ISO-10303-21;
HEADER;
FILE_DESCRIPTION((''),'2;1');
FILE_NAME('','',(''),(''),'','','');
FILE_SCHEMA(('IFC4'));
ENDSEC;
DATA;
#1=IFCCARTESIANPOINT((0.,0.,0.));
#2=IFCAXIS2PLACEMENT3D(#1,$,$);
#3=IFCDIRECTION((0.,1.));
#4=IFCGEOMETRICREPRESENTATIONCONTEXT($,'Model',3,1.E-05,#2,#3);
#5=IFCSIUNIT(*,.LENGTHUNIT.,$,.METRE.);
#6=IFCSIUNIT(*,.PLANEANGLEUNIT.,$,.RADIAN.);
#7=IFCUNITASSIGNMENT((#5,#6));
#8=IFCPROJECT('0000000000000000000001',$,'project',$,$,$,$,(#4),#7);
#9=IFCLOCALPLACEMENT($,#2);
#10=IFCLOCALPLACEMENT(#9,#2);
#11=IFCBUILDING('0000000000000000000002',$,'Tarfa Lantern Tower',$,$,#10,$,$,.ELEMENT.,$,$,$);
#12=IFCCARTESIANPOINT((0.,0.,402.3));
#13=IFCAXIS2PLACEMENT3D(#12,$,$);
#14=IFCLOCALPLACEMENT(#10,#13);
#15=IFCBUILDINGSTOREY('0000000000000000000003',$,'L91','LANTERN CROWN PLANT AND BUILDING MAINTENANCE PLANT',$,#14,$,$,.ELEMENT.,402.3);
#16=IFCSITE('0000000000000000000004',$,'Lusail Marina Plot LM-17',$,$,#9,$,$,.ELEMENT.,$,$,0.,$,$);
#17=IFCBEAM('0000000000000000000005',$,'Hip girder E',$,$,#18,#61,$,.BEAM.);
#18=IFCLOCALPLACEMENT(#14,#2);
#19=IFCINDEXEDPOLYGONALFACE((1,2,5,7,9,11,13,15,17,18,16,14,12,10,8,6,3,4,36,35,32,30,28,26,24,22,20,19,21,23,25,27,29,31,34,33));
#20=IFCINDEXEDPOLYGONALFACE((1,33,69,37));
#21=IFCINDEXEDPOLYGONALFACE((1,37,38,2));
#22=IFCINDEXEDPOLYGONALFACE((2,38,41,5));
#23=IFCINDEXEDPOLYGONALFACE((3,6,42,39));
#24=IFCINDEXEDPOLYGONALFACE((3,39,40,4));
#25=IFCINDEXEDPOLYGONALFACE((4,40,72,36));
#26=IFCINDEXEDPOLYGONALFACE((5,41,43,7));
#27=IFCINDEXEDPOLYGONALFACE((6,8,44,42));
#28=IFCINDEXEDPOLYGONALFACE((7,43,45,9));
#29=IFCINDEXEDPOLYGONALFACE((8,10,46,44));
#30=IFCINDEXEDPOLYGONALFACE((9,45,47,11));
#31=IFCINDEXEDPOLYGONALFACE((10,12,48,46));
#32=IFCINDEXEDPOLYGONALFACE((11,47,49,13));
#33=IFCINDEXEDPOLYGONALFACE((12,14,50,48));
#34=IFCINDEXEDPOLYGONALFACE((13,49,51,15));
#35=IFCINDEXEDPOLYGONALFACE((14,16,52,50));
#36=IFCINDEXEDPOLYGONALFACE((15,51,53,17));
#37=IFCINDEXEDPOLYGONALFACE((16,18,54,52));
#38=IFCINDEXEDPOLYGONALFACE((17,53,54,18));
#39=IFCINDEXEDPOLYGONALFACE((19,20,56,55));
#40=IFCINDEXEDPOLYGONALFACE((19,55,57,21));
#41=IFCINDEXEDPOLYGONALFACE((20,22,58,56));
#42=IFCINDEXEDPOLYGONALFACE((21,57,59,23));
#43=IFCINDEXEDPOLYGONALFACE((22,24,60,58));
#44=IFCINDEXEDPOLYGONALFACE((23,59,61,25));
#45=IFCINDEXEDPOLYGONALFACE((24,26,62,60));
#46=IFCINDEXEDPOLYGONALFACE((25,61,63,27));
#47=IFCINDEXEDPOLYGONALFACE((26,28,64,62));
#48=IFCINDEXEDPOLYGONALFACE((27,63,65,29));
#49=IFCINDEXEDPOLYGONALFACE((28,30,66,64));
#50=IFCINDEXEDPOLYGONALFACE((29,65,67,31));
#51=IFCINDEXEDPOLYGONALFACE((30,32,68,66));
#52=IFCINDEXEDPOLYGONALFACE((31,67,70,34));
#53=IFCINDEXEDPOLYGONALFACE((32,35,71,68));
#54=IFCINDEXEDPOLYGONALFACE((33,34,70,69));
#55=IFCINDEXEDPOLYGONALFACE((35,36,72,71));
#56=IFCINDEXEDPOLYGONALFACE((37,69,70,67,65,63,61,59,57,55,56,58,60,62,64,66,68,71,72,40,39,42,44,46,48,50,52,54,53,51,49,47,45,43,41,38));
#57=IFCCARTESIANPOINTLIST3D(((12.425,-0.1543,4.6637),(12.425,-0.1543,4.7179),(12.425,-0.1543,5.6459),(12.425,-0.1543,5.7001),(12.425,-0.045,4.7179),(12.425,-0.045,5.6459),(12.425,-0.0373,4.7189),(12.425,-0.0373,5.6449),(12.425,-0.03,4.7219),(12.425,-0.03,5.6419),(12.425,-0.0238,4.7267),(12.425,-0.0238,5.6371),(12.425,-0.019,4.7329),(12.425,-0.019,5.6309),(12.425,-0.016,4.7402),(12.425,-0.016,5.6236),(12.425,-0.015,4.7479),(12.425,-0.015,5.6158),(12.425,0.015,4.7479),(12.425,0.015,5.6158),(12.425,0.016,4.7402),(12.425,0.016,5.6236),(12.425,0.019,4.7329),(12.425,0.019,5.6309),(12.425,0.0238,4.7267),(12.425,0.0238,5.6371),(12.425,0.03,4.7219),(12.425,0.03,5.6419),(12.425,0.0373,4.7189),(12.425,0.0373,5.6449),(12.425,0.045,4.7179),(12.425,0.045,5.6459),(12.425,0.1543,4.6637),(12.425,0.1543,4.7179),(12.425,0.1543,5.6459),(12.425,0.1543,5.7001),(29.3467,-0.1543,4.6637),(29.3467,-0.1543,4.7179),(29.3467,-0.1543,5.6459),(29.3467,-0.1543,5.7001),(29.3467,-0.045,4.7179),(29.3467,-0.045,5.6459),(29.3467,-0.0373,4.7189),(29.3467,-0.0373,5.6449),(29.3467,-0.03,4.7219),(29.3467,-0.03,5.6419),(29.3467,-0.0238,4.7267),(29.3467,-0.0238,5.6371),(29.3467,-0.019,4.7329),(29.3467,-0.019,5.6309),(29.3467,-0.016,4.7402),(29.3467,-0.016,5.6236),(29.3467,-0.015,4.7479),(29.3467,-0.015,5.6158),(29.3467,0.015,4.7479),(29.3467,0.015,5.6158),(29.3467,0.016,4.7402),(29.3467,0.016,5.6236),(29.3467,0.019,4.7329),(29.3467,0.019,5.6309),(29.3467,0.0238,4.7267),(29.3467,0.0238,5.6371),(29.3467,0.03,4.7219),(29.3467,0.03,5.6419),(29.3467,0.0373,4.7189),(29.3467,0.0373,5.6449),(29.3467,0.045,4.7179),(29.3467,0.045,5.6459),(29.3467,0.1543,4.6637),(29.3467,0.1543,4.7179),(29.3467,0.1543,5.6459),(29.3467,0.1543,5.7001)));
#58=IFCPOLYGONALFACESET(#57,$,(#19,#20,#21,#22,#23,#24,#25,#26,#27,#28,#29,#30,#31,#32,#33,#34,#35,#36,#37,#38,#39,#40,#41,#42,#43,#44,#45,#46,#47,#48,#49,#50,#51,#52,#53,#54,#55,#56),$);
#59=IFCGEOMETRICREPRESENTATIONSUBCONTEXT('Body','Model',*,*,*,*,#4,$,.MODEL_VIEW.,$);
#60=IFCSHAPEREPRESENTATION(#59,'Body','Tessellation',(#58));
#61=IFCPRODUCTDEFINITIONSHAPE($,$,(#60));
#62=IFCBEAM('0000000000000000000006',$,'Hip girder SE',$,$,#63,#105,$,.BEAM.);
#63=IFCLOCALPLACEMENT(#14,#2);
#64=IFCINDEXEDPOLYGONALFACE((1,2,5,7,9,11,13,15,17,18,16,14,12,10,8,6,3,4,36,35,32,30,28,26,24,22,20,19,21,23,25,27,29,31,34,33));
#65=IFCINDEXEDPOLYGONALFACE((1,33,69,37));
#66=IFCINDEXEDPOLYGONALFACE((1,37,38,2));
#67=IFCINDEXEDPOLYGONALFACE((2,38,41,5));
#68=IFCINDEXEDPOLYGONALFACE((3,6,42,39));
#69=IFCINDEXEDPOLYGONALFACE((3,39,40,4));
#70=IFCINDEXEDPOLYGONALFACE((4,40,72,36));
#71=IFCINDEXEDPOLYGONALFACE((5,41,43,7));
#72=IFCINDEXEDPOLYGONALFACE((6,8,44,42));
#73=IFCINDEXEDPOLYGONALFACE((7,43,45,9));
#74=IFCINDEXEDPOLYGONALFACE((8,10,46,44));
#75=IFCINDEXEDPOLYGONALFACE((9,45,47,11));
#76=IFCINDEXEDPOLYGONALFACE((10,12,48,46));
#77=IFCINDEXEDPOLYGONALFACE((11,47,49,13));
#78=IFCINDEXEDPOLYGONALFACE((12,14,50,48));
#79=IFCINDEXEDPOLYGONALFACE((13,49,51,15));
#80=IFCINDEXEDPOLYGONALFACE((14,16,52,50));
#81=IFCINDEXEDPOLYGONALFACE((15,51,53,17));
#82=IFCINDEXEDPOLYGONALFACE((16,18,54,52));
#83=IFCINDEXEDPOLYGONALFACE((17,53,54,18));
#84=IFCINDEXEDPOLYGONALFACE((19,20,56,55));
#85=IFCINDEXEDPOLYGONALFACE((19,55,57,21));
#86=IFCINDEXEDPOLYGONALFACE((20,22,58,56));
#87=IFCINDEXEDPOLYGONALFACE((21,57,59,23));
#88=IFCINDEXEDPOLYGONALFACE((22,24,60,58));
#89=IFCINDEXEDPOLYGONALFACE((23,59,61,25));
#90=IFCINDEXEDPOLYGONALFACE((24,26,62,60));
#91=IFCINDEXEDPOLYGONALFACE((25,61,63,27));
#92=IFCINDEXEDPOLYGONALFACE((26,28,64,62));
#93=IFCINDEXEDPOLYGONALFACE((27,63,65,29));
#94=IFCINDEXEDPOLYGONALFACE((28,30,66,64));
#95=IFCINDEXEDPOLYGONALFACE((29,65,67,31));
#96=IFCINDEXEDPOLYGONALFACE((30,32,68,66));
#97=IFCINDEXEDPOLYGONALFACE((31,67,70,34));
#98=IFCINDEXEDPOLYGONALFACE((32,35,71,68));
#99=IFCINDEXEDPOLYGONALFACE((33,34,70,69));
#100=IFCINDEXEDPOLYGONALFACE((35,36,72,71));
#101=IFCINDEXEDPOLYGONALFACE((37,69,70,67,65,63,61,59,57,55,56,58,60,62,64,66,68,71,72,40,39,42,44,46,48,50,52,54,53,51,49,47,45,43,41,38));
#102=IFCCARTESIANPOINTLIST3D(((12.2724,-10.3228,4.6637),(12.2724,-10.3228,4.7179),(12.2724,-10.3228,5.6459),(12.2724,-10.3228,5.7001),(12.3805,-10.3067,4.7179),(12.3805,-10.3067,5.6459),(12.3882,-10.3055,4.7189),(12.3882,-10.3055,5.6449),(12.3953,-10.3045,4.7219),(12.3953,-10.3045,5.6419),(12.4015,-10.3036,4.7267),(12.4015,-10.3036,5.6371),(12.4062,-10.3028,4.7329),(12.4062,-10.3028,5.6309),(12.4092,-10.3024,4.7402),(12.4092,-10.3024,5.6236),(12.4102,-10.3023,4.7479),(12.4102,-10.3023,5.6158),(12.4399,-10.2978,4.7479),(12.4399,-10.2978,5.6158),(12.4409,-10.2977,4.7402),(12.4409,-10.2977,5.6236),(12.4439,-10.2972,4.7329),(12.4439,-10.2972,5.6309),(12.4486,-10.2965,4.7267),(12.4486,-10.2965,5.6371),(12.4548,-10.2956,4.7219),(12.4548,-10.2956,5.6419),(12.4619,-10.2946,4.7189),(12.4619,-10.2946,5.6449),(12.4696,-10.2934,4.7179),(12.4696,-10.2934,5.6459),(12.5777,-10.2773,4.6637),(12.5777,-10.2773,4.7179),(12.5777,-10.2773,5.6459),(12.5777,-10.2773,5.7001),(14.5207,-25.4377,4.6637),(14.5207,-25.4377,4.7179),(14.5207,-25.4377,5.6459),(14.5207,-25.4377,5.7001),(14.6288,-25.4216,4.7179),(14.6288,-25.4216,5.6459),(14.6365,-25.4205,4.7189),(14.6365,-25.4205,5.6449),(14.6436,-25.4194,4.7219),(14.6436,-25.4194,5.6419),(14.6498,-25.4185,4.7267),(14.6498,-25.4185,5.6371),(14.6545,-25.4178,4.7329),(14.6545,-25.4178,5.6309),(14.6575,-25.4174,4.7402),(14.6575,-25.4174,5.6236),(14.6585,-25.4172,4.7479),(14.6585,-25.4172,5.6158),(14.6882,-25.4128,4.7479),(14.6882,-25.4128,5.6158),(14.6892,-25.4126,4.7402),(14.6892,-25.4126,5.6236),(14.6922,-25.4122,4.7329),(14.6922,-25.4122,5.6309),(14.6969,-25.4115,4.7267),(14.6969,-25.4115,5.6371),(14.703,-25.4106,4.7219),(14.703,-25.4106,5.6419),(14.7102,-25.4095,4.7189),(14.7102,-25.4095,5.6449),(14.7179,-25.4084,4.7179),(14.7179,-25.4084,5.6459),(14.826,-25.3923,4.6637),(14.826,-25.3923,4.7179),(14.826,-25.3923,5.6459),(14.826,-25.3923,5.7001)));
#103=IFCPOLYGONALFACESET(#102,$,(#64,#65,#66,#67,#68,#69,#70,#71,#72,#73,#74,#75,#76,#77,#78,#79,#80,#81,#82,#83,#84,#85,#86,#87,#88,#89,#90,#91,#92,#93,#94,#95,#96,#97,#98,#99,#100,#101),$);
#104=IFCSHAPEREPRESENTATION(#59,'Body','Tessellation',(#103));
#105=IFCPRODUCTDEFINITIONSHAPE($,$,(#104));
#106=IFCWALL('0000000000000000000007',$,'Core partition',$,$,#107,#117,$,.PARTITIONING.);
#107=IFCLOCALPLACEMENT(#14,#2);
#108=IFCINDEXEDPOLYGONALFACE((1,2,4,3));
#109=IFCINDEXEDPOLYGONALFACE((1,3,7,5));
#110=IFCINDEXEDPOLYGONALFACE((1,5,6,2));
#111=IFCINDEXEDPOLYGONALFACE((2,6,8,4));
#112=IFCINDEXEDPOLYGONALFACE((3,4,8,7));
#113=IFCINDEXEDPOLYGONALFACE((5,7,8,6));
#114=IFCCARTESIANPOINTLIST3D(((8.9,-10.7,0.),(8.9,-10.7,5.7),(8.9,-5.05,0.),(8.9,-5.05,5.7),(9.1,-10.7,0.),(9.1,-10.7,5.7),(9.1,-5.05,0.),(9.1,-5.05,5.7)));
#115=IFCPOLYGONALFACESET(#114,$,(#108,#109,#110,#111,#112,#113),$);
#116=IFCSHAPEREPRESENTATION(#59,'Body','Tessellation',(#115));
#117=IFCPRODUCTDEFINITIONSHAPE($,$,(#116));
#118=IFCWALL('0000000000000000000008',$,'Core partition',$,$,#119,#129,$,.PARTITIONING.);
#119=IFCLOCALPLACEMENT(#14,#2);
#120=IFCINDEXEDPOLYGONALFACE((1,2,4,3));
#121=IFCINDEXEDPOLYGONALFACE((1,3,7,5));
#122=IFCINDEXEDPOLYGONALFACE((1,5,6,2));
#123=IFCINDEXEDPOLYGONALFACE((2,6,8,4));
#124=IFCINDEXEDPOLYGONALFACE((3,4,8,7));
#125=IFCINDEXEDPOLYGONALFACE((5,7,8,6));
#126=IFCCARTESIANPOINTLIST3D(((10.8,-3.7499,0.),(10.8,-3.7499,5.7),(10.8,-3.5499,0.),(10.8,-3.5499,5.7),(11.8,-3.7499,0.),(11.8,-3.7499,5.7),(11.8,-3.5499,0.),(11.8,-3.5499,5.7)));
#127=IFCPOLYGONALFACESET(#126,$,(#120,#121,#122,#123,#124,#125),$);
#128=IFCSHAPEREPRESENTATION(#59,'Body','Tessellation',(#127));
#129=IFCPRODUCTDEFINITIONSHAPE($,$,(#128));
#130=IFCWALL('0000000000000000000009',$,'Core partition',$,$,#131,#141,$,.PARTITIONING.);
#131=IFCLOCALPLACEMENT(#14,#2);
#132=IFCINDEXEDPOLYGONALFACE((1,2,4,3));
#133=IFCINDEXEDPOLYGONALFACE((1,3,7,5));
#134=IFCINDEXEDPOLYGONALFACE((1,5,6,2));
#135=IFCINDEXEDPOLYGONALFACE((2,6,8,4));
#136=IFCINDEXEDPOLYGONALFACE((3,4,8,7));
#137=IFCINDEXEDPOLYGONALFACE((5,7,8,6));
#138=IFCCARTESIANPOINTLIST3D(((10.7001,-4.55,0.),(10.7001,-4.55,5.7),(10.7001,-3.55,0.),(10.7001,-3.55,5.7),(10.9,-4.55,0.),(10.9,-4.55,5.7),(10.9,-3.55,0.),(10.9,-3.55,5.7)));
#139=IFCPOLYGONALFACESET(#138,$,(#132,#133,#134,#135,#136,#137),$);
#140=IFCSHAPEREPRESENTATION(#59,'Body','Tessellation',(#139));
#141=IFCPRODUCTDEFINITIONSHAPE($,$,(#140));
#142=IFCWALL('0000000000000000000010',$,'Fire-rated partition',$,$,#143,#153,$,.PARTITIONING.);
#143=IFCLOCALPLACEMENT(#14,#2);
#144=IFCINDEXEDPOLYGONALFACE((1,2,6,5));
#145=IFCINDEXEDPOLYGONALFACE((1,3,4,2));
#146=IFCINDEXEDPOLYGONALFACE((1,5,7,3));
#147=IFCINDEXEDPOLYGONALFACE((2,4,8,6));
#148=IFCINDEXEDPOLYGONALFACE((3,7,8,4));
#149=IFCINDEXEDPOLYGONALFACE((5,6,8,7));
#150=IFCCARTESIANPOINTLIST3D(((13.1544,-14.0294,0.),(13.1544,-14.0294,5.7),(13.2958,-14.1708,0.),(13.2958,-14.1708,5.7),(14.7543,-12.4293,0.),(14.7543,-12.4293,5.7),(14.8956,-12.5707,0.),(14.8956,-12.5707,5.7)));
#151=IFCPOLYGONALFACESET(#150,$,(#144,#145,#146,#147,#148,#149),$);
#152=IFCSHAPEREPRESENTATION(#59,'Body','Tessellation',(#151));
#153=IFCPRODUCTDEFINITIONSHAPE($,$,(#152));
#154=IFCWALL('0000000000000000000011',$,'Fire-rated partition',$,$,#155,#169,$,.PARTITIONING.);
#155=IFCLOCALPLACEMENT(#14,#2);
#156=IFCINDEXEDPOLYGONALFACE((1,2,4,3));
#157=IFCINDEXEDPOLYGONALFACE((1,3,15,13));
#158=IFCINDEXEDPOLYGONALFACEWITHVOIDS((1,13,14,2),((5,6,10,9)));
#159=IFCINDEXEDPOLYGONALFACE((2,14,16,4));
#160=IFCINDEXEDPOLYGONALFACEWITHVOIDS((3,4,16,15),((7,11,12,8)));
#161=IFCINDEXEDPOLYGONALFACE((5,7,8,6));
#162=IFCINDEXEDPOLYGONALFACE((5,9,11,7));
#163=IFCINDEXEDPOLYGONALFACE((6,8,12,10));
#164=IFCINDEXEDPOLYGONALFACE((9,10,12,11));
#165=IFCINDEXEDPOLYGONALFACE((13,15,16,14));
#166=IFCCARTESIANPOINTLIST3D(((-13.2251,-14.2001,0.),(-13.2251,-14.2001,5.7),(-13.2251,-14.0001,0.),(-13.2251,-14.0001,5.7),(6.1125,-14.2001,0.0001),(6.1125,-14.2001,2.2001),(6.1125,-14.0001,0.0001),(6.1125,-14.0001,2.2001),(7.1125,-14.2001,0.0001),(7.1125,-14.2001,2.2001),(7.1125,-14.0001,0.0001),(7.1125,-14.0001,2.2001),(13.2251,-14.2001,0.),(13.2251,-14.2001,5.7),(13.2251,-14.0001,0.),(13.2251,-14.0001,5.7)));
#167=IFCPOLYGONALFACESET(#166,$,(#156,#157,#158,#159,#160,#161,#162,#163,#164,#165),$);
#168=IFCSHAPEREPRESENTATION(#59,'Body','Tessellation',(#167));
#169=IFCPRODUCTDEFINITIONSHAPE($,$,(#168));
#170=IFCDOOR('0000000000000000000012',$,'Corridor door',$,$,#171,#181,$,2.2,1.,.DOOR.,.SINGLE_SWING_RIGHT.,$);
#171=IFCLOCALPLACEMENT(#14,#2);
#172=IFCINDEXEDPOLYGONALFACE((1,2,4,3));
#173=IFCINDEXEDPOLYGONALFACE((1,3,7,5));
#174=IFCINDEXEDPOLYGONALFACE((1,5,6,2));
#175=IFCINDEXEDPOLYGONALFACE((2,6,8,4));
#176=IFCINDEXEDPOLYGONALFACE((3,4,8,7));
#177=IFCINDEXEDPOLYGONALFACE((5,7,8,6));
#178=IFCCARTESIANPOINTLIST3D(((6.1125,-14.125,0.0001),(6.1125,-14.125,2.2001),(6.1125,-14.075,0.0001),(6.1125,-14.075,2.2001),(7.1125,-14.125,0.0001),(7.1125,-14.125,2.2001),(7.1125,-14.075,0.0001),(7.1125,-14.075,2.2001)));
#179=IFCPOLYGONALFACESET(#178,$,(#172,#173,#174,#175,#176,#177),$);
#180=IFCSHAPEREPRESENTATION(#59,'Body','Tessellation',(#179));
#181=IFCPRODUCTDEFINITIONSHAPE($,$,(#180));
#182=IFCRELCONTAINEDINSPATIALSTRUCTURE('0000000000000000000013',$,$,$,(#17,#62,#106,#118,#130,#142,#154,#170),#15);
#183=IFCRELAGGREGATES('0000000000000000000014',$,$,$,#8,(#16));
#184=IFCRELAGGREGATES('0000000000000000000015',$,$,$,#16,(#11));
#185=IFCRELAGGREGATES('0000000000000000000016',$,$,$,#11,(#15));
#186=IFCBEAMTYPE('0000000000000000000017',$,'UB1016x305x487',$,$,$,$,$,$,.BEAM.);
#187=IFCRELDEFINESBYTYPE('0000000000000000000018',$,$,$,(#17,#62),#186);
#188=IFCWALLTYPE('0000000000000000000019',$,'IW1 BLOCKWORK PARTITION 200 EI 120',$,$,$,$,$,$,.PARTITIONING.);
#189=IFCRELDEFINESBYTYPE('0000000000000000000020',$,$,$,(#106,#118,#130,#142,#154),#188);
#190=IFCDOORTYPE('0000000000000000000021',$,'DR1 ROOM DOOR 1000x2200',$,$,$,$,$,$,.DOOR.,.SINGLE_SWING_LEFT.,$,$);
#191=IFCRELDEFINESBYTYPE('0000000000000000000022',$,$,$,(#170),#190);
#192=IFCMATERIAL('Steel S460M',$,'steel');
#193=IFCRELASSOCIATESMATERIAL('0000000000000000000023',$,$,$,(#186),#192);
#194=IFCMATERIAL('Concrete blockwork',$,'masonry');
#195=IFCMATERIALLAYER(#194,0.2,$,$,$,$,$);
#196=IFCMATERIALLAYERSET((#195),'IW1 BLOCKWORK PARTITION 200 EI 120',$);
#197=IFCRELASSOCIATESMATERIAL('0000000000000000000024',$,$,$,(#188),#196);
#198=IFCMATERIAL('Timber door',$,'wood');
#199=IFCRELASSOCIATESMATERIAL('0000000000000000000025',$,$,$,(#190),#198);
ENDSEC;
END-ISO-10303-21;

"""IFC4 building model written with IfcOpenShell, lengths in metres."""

from ifc_helpers import new_model, si_unit, direction, frame, frame_2d, origin, origin_2d, place, context, subcontext, project, spatial, rectangle, i_section, extrude, material, layer, layer_set, material_profile, profile_set, type_object, element, fill, save


model = new_model("IFC4")

# Units and contexts
model_context = context("Model", 3, precision=1e-05, world=origin(), true_north=direction((0.0, 1.0)))
body_context = subcontext(model_context, "Body", "Model", "MODEL_VIEW")
ifc_project = project(units=[si_unit("LENGTHUNIT", "METRE"), si_unit("PLANEANGLEUNIT", "RADIAN")], contexts=[model_context])

# Site, building, storey
site_placement = place(None, origin())
site = spatial("IfcSite", under=ifc_project, at=site_placement, Name="Lusail Marina Plot LM-17", CompositionType="ELEMENT", RefElevation=0.0)
building_placement = place(site_placement, origin())
building = spatial("IfcBuilding", under=site, at=building_placement, Name="Tarfa Lantern Tower", CompositionType="ELEMENT")
storey_placement = place(building_placement, frame((0.0, 0.0, 402.3)))
storey = spatial("IfcBuildingStorey", under=building, at=storey_placement, Name="L91", Description="LANTERN CROWN PLANT AND BUILDING MAINTENANCE PLANT", CompositionType="ELEMENT", Elevation=402.3)

# Beams
ifc_material_1 = material(Name="Steel S460M", Category="steel")
ifc_material_profile = material_profile(ifc_material_1, i_section(OverallWidth=0.3086, OverallDepth=1.0364, WebThickness=0.03, FlangeThickness=0.0542, FilletRadius=0.03, at=origin_2d()), Name="UB1016x305x487")
ifc_profile_set = profile_set([ifc_material_profile], Name="Steel S460M")
beam_type = type_object("IfcBeamType", Name="UB1016x305x487", PredefinedType="BEAM", material=ifc_profile_set)
beam_1_placement = place(storey_placement, frame((12.425, 0.0, 5.1819), z_axis=(1.0, 0.0, 0.0), x_axis=(0.0, 1.0, 0.0)))
element("IfcBeam", 1, at=beam_1_placement, inside=storey, type_object=beam_type, Name="Hip girder E", PredefinedType="BEAM", context=body_context, shape_type="SweptSolid", body=[
    extrude(i_section(OverallWidth=0.3086, OverallDepth=1.0364, WebThickness=0.03, FlangeThickness=0.0542, FilletRadius=0.03, at=origin_2d()), origin(), (0.0, 0.0, 1.0), 16.9216),
])
beam_2_placement = place(storey_placement, frame((12.425, -10.3, 5.1819), z_axis=(0.147127, -0.989118, 0.0), x_axis=(0.989118, 0.147127, 0.0)))
element("IfcBeam", 2, at=beam_2_placement, inside=storey, type_object=beam_type, Name="Hip girder SE", PredefinedType="BEAM", context=body_context, shape_type="SweptSolid", body=[
    extrude(i_section(OverallWidth=0.3086, OverallDepth=1.0364, WebThickness=0.03, FlangeThickness=0.0542, FilletRadius=0.03, at=origin_2d()), origin(), (0.0, 0.0, 1.0), 15.2812),
])

# Walls
ifc_material_2 = material(Name="Concrete blockwork", Category="masonry")
ifc_layer_1 = layer(ifc_material_2, 0.2)
ifc_layer_set_1 = layer_set([ifc_layer_1], Name="IW1 BLOCKWORK PARTITION 200 EI 120")
wall_type_1 = type_object("IfcWallType", Name="IW1 BLOCKWORK PARTITION 200 EI 120", PredefinedType="PARTITIONING", material=ifc_layer_set_1)
wall_1_placement = place(storey_placement, frame((9.0, -5.05, 0.0), z_axis=(0.0, 0.0, 1.0), x_axis=(0.0, -1.0, 0.0)))
element("IfcWall", 3, at=wall_1_placement, inside=storey, type_object=wall_type_1, Name="Core partition", PredefinedType="PARTITIONING", context=body_context, shape_type="SweptSolid", body=[
    extrude(rectangle(XDim=5.6499, YDim=0.2, at=frame_2d((2.825, 0.0))), origin(), (0.0, 0.0, 1.0), 5.7),
])
for number, where, z_axis, x_axis, name in (
    (4, (11.8, -3.6499, 0.0), (0.0, 0.0, 1.0), (-1.0, 0.0, 0.0), "Core partition"),
    (5, (10.8, -3.55, 0.0), (0.0, 0.0, 1.0), (0.0, -1.0, 0.0), "Core partition"),
):
    element("IfcWall", number, at=place(storey_placement, frame(where, z_axis=z_axis, x_axis=x_axis)), inside=storey, type_object=wall_type_1, Name=name, PredefinedType="PARTITIONING", context=body_context, shape_type="SweptSolid", body=[
        extrude(rectangle(XDim=1.0, YDim=0.2, at=frame_2d((0.5, 0.0))), origin(), (0.0, 0.0, 1.0), 5.7),
    ])
wall_2_placement = place(storey_placement, frame((14.825, -12.5, 0.0), z_axis=(0.0, 0.0, 1.0), x_axis=(-0.707053, -0.707161, 0.0)))
element("IfcWall", 6, at=wall_2_placement, inside=storey, type_object=wall_type_1, Name="Fire-rated partition", PredefinedType="PARTITIONING", context=body_context, shape_type="SweptSolid", body=[
    extrude(rectangle(XDim=2.2627, YDim=0.2, at=frame_2d((1.1313, 0.0))), origin(), (0.0, 0.0, 1.0), 5.7),
])

# Wall, opening, door
wall_3_placement = place(storey_placement, frame((13.2251, -14.1001, 0.0), z_axis=(0.0, 0.0, 1.0), x_axis=(-1.0, 0.0, 0.0)))
wall_3 = element("IfcWall", 7, at=wall_3_placement, inside=storey, type_object=wall_type_1, Name="Fire-rated partition", PredefinedType="PARTITIONING", context=body_context, shape_type="SweptSolid", body=[
    extrude(rectangle(XDim=26.4502, YDim=0.2, at=frame_2d((13.2251, 0.0))), origin(), (0.0, 0.0, 1.0), 5.7),
])
opening_1_placement = place(wall_3_placement, frame((6.1125, 0.0, 0.0)))
opening_1 = element("IfcOpeningElement", 8, at=opening_1_placement, cuts=wall_3, PredefinedType="OPENING", context=body_context, shape_type="SweptSolid", body=[
    extrude(rectangle(XDim=1.0, YDim=2.2, at=frame_2d((0.5, 1.1001))), frame((0.0, 0.1099, 0.0), z_axis=(0.0, -1.0, 0.0), x_axis=(1.0, 0.0, 0.0)), (0.0, 0.0, 1.0), 0.22),
])
ifc_material_3 = material(Name="Timber door", Category="wood")
door_type_1 = type_object("IfcDoorType", Name="DR1 ROOM DOOR 1000x2200", OperationType="SINGLE_SWING_LEFT", PredefinedType="DOOR", material=ifc_material_3)
door_1_placement = place(opening_1_placement, origin())
door_1 = element("IfcDoor", 9, at=door_1_placement, inside=storey, type_object=door_type_1, Name="Corridor door", OperationType="SINGLE_SWING_RIGHT", OverallHeight=2.2, OverallWidth=1.0, PredefinedType="DOOR", context=body_context, shape_type="SweptSolid", body=[
    extrude(rectangle(XDim=1.0, YDim=2.2, at=frame_2d((0.5, 1.1001))), frame((0.0, 0.0249, 0.0), z_axis=(0.0, -1.0, 0.0), x_axis=(1.0, 0.0, 0.0)), (0.0, 0.0, 1.0), 0.05),
])
fill(opening_1, door_1)

save(model, "model.ifc")
